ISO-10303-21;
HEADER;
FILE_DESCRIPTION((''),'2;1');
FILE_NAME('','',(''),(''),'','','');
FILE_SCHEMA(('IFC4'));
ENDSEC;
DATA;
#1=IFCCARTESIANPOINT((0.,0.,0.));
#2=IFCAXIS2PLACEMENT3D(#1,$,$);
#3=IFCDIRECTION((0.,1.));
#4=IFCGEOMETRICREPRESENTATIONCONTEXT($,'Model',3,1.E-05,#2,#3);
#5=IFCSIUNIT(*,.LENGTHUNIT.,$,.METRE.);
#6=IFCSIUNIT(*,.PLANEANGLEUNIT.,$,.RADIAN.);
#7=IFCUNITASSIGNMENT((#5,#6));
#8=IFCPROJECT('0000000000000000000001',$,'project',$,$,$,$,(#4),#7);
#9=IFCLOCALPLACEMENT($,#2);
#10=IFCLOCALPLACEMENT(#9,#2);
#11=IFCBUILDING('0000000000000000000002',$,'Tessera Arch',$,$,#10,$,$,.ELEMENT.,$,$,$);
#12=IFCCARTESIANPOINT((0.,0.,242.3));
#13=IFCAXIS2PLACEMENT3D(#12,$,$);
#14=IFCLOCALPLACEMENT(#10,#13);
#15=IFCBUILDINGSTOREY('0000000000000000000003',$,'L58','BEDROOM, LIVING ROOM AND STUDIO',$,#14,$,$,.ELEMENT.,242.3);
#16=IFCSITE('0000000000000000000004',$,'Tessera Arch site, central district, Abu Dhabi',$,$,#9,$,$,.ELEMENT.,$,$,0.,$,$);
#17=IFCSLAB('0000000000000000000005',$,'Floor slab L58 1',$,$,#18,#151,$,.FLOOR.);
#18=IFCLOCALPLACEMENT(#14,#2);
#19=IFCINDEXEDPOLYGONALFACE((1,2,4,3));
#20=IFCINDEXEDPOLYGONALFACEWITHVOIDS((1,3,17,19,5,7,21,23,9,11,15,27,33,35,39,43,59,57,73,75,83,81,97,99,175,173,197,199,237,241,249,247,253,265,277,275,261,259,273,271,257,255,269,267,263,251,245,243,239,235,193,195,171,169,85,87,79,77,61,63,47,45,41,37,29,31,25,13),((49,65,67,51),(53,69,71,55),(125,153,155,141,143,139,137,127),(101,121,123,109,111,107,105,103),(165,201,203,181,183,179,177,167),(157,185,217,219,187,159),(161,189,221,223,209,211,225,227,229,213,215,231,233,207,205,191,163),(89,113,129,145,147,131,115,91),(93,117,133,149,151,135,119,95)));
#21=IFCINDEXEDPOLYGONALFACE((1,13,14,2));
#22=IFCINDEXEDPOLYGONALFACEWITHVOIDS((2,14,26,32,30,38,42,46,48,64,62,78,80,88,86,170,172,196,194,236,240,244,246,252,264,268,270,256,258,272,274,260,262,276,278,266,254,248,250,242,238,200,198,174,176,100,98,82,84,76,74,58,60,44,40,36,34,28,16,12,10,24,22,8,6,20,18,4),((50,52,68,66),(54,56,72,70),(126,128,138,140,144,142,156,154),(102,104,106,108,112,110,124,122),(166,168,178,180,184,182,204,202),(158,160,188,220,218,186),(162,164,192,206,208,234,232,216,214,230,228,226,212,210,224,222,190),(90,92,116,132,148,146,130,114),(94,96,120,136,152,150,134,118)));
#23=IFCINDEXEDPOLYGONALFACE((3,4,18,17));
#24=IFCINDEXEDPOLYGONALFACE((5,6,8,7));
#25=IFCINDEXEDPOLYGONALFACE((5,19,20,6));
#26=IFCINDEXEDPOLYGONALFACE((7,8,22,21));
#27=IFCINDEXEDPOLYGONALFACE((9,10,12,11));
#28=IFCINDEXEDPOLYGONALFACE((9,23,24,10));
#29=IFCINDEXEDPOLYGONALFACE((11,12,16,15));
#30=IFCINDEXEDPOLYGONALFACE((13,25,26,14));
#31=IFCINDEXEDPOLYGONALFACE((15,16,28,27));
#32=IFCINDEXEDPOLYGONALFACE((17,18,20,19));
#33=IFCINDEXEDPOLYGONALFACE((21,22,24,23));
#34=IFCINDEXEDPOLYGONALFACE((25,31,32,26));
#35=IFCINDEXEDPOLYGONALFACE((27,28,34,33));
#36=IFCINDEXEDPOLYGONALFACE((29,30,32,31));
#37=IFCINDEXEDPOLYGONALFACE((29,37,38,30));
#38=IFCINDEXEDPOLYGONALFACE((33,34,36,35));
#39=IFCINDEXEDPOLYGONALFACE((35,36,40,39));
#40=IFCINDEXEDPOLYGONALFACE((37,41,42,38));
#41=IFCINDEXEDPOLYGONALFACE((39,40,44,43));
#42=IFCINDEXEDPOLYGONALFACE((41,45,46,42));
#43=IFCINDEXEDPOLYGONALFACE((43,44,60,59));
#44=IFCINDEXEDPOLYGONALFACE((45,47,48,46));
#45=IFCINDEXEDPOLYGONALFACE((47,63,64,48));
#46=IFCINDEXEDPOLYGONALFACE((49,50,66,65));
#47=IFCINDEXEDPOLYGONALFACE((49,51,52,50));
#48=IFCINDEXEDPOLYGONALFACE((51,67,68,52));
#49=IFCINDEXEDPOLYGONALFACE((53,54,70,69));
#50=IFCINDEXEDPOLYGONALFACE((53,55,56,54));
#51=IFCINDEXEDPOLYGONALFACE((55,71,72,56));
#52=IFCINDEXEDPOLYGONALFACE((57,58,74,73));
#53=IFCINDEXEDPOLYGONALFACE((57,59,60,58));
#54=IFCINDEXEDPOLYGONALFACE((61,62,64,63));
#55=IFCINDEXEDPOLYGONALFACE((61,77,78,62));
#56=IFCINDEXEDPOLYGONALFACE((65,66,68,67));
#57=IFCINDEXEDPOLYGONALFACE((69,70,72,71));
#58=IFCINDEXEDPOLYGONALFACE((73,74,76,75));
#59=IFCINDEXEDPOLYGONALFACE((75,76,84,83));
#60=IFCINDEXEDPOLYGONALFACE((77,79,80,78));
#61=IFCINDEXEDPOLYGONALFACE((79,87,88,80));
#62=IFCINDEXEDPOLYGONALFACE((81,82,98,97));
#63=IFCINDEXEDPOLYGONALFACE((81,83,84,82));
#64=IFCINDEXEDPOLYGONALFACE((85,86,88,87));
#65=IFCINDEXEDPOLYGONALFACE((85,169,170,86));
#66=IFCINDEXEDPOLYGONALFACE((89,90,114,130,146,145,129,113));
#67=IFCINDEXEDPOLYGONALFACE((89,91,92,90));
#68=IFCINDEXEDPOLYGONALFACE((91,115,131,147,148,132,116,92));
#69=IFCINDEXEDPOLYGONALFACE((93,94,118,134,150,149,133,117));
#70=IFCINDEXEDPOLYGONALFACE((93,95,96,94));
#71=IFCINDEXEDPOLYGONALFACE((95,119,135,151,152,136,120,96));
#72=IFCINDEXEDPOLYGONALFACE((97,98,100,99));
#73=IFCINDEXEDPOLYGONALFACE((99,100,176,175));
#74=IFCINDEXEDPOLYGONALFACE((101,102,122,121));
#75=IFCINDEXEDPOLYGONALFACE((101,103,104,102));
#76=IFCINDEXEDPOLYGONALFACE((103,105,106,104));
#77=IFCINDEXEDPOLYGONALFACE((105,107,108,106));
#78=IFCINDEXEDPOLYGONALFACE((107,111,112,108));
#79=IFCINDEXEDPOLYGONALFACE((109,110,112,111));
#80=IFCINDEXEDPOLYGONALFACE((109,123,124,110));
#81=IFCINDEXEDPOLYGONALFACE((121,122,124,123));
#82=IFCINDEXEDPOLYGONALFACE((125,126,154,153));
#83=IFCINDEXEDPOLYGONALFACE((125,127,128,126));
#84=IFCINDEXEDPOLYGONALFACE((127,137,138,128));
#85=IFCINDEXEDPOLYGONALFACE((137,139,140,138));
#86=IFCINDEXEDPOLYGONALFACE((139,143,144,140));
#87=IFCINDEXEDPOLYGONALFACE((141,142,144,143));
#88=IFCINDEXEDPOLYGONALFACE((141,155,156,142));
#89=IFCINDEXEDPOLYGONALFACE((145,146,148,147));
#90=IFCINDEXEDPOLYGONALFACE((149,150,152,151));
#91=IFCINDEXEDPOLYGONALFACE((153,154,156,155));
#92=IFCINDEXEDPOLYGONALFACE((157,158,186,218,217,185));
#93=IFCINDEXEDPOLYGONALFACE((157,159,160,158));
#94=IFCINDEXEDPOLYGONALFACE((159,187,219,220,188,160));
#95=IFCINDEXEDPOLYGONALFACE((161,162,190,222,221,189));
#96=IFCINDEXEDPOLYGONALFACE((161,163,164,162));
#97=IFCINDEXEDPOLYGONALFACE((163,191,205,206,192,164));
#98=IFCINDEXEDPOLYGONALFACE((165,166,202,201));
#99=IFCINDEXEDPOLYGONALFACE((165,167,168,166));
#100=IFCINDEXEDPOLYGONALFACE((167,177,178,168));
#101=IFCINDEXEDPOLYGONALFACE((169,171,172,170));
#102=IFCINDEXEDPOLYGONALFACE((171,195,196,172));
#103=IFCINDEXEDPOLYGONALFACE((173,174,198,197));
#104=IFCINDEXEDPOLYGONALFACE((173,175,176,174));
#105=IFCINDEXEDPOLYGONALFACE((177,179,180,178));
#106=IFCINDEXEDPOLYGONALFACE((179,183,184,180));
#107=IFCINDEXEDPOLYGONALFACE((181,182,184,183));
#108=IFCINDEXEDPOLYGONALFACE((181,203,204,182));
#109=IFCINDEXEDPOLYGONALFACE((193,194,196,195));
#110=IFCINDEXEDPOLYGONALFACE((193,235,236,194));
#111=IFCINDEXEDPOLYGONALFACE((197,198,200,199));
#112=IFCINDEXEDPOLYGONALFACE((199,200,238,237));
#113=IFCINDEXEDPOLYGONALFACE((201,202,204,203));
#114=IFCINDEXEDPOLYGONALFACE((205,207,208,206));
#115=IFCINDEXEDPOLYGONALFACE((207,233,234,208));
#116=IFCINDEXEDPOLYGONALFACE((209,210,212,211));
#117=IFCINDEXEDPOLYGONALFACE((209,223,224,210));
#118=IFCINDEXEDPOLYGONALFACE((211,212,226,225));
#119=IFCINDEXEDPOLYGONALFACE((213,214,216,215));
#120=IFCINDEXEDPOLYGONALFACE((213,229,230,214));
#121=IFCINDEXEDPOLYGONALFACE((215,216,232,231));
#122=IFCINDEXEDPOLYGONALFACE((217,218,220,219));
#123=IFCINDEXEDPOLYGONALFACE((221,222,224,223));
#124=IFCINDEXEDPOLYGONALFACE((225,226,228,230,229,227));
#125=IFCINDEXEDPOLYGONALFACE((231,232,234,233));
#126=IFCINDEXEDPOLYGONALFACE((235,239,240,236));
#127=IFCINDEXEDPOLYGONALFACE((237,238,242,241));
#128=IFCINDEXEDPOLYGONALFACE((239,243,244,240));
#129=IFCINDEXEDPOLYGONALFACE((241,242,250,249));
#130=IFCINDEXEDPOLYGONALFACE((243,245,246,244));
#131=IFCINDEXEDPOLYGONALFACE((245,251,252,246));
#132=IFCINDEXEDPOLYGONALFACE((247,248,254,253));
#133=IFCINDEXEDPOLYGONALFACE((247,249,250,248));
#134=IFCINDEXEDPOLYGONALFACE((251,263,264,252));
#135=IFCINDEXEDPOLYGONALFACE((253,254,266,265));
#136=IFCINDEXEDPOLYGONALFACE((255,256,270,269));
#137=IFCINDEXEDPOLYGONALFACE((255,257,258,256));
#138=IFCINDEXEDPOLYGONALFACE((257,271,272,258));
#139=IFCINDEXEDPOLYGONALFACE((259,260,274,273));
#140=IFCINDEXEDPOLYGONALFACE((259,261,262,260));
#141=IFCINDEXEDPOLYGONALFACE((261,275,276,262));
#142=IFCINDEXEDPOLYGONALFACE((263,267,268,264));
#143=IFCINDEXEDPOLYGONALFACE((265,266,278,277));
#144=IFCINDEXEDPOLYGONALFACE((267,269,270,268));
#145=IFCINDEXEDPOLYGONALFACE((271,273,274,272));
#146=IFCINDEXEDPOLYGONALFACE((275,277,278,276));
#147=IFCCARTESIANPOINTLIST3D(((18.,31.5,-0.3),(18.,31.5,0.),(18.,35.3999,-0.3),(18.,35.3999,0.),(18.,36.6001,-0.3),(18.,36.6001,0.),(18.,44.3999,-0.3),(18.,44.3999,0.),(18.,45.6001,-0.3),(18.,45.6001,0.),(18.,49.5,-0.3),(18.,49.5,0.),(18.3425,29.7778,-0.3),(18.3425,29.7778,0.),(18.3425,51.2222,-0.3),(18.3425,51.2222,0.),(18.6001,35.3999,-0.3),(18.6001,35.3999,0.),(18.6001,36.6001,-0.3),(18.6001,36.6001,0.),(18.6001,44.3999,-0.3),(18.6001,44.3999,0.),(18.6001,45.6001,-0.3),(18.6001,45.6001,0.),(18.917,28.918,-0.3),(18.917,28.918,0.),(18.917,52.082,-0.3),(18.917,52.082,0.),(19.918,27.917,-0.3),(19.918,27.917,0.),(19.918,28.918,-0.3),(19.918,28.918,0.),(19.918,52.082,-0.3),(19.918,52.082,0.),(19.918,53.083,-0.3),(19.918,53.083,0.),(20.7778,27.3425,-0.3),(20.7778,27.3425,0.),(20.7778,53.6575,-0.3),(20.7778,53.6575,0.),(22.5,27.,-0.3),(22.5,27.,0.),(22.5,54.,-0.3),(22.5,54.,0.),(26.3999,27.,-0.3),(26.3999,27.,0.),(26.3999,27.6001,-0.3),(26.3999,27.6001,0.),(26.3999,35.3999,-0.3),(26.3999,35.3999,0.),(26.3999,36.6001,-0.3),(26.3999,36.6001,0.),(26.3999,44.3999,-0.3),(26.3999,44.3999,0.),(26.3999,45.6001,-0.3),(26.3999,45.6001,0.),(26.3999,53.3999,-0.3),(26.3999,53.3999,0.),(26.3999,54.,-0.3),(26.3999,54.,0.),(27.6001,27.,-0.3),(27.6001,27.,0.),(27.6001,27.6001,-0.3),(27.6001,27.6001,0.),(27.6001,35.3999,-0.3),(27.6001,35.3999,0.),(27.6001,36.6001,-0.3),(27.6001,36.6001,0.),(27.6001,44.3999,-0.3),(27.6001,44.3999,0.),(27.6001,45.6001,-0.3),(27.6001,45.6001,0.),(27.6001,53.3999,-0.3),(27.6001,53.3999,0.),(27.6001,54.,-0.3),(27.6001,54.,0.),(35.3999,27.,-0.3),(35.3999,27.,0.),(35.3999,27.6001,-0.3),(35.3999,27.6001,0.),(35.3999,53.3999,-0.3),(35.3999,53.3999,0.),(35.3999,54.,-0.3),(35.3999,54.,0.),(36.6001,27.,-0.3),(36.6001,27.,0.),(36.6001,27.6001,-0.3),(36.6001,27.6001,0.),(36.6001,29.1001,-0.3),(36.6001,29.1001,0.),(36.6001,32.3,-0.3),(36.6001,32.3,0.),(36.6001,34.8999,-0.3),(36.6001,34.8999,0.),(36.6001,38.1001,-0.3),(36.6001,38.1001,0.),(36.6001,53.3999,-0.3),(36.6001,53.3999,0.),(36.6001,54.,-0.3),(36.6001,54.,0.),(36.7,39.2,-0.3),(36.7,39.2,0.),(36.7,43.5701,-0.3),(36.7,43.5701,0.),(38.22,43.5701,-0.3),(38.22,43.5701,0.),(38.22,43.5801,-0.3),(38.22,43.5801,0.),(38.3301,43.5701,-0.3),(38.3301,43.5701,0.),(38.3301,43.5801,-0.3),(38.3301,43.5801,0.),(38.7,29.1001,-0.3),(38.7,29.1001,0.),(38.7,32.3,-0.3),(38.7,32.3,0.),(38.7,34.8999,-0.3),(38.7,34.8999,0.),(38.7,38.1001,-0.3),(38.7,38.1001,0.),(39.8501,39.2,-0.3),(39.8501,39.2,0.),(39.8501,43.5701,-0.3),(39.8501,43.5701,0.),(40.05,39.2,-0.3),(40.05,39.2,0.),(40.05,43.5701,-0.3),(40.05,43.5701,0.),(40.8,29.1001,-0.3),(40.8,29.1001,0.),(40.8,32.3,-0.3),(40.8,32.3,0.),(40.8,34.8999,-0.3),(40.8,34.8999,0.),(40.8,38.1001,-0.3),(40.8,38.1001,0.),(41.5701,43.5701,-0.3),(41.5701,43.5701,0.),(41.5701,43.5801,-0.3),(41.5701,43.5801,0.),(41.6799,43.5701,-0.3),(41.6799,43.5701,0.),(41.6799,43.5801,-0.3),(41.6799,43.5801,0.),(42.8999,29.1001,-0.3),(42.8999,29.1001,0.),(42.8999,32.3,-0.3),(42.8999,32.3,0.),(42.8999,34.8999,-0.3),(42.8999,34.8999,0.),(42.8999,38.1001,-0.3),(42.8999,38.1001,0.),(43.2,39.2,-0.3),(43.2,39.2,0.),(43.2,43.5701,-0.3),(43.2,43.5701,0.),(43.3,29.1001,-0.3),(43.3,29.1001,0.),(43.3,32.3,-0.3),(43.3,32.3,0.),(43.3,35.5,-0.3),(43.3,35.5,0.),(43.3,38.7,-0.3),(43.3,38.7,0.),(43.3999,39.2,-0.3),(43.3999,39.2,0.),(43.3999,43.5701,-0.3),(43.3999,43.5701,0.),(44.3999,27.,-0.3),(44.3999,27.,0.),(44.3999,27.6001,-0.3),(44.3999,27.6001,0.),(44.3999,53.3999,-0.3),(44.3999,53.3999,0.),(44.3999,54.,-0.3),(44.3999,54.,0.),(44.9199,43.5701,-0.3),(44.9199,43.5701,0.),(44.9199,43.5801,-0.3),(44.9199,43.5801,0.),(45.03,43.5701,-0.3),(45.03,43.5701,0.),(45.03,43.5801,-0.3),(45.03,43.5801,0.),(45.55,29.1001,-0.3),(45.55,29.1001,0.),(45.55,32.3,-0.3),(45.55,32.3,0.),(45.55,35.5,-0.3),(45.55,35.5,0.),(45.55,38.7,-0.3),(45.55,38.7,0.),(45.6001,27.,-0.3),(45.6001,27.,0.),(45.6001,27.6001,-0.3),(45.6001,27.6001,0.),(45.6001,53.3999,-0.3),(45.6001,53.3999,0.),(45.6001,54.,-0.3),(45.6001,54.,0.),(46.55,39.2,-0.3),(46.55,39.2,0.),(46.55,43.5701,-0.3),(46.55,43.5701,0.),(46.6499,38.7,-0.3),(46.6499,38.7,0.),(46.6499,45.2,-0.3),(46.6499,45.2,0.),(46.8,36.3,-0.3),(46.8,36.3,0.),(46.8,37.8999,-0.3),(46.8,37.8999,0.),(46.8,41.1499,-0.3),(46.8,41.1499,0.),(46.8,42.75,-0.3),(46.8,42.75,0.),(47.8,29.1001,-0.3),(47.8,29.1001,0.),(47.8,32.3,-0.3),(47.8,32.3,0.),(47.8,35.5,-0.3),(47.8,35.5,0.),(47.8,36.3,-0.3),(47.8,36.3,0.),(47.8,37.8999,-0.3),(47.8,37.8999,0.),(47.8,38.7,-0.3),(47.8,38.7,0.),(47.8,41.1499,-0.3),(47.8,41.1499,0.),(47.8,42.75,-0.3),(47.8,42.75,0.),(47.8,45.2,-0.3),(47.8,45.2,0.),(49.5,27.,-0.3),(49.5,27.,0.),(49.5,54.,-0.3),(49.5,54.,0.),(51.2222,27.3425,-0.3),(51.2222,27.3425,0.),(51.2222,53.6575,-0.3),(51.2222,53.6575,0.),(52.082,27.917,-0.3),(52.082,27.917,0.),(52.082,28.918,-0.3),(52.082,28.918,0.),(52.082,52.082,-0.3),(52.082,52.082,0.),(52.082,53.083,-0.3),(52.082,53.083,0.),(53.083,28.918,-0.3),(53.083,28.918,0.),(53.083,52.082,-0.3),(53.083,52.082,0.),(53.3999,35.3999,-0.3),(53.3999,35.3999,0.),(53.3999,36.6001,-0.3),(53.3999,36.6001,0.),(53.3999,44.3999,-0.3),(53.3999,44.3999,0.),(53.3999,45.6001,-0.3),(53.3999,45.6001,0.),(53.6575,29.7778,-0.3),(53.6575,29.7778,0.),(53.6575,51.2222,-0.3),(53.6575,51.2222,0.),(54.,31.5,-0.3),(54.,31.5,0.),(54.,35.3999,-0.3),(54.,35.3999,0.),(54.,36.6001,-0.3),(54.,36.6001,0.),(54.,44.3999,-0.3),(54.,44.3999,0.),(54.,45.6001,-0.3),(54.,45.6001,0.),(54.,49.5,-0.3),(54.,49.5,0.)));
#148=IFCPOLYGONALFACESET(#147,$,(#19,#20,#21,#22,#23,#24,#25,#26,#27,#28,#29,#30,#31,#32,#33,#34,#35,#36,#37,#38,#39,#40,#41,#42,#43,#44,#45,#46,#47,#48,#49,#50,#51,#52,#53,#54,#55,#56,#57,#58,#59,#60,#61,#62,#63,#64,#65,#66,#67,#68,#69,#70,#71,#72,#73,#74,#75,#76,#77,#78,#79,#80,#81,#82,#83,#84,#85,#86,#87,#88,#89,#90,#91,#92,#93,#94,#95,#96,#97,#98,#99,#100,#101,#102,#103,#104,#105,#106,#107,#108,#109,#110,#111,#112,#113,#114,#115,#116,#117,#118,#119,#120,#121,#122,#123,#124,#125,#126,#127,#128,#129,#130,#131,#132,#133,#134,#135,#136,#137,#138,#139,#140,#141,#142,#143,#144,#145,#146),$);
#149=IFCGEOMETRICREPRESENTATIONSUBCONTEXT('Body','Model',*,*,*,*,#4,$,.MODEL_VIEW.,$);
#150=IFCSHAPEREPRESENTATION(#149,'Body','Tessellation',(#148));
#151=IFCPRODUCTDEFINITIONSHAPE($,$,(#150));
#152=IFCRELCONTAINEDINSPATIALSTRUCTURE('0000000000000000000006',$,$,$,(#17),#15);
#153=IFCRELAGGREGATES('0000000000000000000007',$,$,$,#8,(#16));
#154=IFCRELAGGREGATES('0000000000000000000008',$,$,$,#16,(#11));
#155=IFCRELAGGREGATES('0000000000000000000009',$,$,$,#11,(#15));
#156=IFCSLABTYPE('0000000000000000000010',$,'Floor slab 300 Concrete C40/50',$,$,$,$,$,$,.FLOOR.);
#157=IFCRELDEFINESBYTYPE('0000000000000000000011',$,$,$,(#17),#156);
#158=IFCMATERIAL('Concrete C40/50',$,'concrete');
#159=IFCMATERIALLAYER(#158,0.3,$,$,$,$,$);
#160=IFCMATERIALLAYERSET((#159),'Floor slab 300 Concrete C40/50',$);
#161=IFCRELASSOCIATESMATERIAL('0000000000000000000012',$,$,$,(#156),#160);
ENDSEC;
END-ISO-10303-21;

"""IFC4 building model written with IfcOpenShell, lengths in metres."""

from ifc_helpers import new_model, si_unit, direction, frame, origin, place, context, subcontext, project, spatial, polyline, outline, extrude, material, layer, layer_set, type_object, element, save


model = new_model("IFC4")

# Units and contexts
model_context = context("Model", 3, precision=1e-05, world=origin(), true_north=direction((0.0, 1.0)))
body_context = subcontext(model_context, "Body", "Model", "MODEL_VIEW")
ifc_project = project(units=[si_unit("LENGTHUNIT", "METRE"), si_unit("PLANEANGLEUNIT", "RADIAN")], contexts=[model_context])

# Site, building, storey
site_placement = place(None, origin())
site = spatial("IfcSite", under=ifc_project, at=site_placement, Name="Tessera Arch site, central district, Abu Dhabi", CompositionType="ELEMENT", RefElevation=0.0)
building_placement = place(site_placement, origin())
building = spatial("IfcBuilding", under=site, at=building_placement, Name="Tessera Arch", CompositionType="ELEMENT")
storey_placement = place(building_placement, frame((0.0, 0.0, 242.3)))
storey = spatial("IfcBuildingStorey", under=building, at=storey_placement, Name="L58", Description="BEDROOM, LIVING ROOM AND STUDIO", CompositionType="ELEMENT", Elevation=242.3)

# Slab
ifc_material_1 = material(Name="Concrete C40/50", Category="concrete")
ifc_layer_1 = layer(ifc_material_1, 0.3)
ifc_layer_set_1 = layer_set([ifc_layer_1], Name="Floor slab 300 Concrete C40/50")
slab_type = type_object("IfcSlabType", Name="Floor slab 300 Concrete C40/50", PredefinedType="FLOOR", material=ifc_layer_set_1)
slab_placement = place(storey_placement, frame((0.0, 0.0, -0.3)))
element("IfcSlab", 1, at=slab_placement, inside=storey, type_object=slab_type, Name="Floor slab L58 1", PredefinedType="FLOOR", context=body_context, shape_type="SweptSolid", body=[
    extrude(outline(polyline([(54.0, 31.5), (53.6575, 29.7778), (53.083, 28.918), (52.082, 28.918), (52.082, 27.917), (51.2222, 27.3425), (49.5, 27.0), (45.6001, 27.0), (45.6001, 27.6001), (44.3999, 27.6001), (44.3999, 27.0), (36.6001, 27.0), (36.6001, 27.6001), (35.3999, 27.6001), (35.3999, 27.0), (27.6001, 27.0), (27.6001, 27.6001), (26.3999, 27.6001), (26.3999, 27.0), (22.5, 27.0), (20.7778, 27.3425), (19.918, 27.917), (19.918, 28.918), (18.917, 28.918), (18.3425, 29.7778), (18.0, 31.5), (18.0, 35.3999), (18.6001, 35.3999), (18.6001, 36.6001), (18.0, 36.6001), (18.0, 44.3999), (18.6001, 44.3999), (18.6001, 45.6001), (18.0, 45.6001), (18.0, 49.5), (18.3425, 51.2222), (18.917, 52.082), (19.918, 52.082), (19.918, 53.083), (20.7778, 53.6575), (22.5, 54.0), (26.3999, 54.0), (26.3999, 53.3999), (27.6001, 53.3999), (27.6001, 54.0), (35.3999, 54.0), (35.3999, 53.3999), (36.6001, 53.3999), (36.6001, 54.0), (44.3999, 54.0), (44.3999, 53.3999), (45.6001, 53.3999), (45.6001, 54.0), (49.5, 54.0), (51.2222, 53.6575), (52.082, 53.083), (52.082, 52.082), (53.083, 52.082), (53.6575, 51.2222), (54.0, 49.5), (54.0, 45.6001), (53.3999, 45.6001), (53.3999, 44.3999), (54.0, 44.3999), (54.0, 36.6001), (53.3999, 36.6001), (53.3999, 35.3999), (54.0, 35.3999), (54.0, 31.5)]), holes=[polyline([(40.8, 29.1001), (42.8999, 29.1001), (42.8999, 32.3), (40.8, 32.3), (38.7, 32.3), (36.6001, 32.3), (36.6001, 29.1001), (38.7, 29.1001), (40.8, 29.1001)]), polyline([(27.6001, 35.3999), (27.6001, 36.6001), (26.3999, 36.6001), (26.3999, 35.3999), (27.6001, 35.3999)]), polyline([(40.8, 34.8999), (42.8999, 34.8999), (42.8999, 38.1001), (40.8, 38.1001), (38.7, 38.1001), (36.6001, 38.1001), (36.6001, 34.8999), (38.7, 34.8999), (40.8, 34.8999)]), polyline([(38.22, 43.5801), (38.22, 43.5701), (36.7, 43.5701), (36.7, 39.2), (39.8501, 39.2), (39.8501, 43.5701), (38.3301, 43.5701), (38.3301, 43.5801), (38.22, 43.5801)]), polyline([(27.6001, 44.3999), (27.6001, 45.6001), (26.3999, 45.6001), (26.3999, 44.3999), (27.6001, 44.3999)]), polyline([(47.8, 32.3), (45.55, 32.3), (43.3, 32.3), (43.3, 29.1001), (45.55, 29.1001), (47.8, 29.1001), (47.8, 32.3)]), polyline([(46.6499, 38.7), (45.55, 38.7), (43.3, 38.7), (43.3, 35.5), (45.55, 35.5), (47.8, 35.5), (47.8, 36.3), (46.8, 36.3), (46.8, 37.8999), (47.8, 37.8999), (47.8, 38.7), (47.8, 41.1499), (46.8, 41.1499), (46.8, 42.75), (47.8, 42.75), (47.8, 45.2), (46.6499, 45.2), (46.6499, 38.7)]), polyline([(41.5701, 43.5801), (41.5701, 43.5701), (40.05, 43.5701), (40.05, 39.2), (43.2, 39.2), (43.2, 43.5701), (41.6799, 43.5701), (41.6799, 43.5801), (41.5701, 43.5801)]), polyline([(44.9199, 43.5801), (44.9199, 43.5701), (43.3999, 43.5701), (43.3999, 39.2), (46.55, 39.2), (46.55, 43.5701), (45.03, 43.5701), (45.03, 43.5801), (44.9199, 43.5801)])]), origin(), (0.0, 0.0, 1.0), 0.3),
])

save(model, "model.ifc")
